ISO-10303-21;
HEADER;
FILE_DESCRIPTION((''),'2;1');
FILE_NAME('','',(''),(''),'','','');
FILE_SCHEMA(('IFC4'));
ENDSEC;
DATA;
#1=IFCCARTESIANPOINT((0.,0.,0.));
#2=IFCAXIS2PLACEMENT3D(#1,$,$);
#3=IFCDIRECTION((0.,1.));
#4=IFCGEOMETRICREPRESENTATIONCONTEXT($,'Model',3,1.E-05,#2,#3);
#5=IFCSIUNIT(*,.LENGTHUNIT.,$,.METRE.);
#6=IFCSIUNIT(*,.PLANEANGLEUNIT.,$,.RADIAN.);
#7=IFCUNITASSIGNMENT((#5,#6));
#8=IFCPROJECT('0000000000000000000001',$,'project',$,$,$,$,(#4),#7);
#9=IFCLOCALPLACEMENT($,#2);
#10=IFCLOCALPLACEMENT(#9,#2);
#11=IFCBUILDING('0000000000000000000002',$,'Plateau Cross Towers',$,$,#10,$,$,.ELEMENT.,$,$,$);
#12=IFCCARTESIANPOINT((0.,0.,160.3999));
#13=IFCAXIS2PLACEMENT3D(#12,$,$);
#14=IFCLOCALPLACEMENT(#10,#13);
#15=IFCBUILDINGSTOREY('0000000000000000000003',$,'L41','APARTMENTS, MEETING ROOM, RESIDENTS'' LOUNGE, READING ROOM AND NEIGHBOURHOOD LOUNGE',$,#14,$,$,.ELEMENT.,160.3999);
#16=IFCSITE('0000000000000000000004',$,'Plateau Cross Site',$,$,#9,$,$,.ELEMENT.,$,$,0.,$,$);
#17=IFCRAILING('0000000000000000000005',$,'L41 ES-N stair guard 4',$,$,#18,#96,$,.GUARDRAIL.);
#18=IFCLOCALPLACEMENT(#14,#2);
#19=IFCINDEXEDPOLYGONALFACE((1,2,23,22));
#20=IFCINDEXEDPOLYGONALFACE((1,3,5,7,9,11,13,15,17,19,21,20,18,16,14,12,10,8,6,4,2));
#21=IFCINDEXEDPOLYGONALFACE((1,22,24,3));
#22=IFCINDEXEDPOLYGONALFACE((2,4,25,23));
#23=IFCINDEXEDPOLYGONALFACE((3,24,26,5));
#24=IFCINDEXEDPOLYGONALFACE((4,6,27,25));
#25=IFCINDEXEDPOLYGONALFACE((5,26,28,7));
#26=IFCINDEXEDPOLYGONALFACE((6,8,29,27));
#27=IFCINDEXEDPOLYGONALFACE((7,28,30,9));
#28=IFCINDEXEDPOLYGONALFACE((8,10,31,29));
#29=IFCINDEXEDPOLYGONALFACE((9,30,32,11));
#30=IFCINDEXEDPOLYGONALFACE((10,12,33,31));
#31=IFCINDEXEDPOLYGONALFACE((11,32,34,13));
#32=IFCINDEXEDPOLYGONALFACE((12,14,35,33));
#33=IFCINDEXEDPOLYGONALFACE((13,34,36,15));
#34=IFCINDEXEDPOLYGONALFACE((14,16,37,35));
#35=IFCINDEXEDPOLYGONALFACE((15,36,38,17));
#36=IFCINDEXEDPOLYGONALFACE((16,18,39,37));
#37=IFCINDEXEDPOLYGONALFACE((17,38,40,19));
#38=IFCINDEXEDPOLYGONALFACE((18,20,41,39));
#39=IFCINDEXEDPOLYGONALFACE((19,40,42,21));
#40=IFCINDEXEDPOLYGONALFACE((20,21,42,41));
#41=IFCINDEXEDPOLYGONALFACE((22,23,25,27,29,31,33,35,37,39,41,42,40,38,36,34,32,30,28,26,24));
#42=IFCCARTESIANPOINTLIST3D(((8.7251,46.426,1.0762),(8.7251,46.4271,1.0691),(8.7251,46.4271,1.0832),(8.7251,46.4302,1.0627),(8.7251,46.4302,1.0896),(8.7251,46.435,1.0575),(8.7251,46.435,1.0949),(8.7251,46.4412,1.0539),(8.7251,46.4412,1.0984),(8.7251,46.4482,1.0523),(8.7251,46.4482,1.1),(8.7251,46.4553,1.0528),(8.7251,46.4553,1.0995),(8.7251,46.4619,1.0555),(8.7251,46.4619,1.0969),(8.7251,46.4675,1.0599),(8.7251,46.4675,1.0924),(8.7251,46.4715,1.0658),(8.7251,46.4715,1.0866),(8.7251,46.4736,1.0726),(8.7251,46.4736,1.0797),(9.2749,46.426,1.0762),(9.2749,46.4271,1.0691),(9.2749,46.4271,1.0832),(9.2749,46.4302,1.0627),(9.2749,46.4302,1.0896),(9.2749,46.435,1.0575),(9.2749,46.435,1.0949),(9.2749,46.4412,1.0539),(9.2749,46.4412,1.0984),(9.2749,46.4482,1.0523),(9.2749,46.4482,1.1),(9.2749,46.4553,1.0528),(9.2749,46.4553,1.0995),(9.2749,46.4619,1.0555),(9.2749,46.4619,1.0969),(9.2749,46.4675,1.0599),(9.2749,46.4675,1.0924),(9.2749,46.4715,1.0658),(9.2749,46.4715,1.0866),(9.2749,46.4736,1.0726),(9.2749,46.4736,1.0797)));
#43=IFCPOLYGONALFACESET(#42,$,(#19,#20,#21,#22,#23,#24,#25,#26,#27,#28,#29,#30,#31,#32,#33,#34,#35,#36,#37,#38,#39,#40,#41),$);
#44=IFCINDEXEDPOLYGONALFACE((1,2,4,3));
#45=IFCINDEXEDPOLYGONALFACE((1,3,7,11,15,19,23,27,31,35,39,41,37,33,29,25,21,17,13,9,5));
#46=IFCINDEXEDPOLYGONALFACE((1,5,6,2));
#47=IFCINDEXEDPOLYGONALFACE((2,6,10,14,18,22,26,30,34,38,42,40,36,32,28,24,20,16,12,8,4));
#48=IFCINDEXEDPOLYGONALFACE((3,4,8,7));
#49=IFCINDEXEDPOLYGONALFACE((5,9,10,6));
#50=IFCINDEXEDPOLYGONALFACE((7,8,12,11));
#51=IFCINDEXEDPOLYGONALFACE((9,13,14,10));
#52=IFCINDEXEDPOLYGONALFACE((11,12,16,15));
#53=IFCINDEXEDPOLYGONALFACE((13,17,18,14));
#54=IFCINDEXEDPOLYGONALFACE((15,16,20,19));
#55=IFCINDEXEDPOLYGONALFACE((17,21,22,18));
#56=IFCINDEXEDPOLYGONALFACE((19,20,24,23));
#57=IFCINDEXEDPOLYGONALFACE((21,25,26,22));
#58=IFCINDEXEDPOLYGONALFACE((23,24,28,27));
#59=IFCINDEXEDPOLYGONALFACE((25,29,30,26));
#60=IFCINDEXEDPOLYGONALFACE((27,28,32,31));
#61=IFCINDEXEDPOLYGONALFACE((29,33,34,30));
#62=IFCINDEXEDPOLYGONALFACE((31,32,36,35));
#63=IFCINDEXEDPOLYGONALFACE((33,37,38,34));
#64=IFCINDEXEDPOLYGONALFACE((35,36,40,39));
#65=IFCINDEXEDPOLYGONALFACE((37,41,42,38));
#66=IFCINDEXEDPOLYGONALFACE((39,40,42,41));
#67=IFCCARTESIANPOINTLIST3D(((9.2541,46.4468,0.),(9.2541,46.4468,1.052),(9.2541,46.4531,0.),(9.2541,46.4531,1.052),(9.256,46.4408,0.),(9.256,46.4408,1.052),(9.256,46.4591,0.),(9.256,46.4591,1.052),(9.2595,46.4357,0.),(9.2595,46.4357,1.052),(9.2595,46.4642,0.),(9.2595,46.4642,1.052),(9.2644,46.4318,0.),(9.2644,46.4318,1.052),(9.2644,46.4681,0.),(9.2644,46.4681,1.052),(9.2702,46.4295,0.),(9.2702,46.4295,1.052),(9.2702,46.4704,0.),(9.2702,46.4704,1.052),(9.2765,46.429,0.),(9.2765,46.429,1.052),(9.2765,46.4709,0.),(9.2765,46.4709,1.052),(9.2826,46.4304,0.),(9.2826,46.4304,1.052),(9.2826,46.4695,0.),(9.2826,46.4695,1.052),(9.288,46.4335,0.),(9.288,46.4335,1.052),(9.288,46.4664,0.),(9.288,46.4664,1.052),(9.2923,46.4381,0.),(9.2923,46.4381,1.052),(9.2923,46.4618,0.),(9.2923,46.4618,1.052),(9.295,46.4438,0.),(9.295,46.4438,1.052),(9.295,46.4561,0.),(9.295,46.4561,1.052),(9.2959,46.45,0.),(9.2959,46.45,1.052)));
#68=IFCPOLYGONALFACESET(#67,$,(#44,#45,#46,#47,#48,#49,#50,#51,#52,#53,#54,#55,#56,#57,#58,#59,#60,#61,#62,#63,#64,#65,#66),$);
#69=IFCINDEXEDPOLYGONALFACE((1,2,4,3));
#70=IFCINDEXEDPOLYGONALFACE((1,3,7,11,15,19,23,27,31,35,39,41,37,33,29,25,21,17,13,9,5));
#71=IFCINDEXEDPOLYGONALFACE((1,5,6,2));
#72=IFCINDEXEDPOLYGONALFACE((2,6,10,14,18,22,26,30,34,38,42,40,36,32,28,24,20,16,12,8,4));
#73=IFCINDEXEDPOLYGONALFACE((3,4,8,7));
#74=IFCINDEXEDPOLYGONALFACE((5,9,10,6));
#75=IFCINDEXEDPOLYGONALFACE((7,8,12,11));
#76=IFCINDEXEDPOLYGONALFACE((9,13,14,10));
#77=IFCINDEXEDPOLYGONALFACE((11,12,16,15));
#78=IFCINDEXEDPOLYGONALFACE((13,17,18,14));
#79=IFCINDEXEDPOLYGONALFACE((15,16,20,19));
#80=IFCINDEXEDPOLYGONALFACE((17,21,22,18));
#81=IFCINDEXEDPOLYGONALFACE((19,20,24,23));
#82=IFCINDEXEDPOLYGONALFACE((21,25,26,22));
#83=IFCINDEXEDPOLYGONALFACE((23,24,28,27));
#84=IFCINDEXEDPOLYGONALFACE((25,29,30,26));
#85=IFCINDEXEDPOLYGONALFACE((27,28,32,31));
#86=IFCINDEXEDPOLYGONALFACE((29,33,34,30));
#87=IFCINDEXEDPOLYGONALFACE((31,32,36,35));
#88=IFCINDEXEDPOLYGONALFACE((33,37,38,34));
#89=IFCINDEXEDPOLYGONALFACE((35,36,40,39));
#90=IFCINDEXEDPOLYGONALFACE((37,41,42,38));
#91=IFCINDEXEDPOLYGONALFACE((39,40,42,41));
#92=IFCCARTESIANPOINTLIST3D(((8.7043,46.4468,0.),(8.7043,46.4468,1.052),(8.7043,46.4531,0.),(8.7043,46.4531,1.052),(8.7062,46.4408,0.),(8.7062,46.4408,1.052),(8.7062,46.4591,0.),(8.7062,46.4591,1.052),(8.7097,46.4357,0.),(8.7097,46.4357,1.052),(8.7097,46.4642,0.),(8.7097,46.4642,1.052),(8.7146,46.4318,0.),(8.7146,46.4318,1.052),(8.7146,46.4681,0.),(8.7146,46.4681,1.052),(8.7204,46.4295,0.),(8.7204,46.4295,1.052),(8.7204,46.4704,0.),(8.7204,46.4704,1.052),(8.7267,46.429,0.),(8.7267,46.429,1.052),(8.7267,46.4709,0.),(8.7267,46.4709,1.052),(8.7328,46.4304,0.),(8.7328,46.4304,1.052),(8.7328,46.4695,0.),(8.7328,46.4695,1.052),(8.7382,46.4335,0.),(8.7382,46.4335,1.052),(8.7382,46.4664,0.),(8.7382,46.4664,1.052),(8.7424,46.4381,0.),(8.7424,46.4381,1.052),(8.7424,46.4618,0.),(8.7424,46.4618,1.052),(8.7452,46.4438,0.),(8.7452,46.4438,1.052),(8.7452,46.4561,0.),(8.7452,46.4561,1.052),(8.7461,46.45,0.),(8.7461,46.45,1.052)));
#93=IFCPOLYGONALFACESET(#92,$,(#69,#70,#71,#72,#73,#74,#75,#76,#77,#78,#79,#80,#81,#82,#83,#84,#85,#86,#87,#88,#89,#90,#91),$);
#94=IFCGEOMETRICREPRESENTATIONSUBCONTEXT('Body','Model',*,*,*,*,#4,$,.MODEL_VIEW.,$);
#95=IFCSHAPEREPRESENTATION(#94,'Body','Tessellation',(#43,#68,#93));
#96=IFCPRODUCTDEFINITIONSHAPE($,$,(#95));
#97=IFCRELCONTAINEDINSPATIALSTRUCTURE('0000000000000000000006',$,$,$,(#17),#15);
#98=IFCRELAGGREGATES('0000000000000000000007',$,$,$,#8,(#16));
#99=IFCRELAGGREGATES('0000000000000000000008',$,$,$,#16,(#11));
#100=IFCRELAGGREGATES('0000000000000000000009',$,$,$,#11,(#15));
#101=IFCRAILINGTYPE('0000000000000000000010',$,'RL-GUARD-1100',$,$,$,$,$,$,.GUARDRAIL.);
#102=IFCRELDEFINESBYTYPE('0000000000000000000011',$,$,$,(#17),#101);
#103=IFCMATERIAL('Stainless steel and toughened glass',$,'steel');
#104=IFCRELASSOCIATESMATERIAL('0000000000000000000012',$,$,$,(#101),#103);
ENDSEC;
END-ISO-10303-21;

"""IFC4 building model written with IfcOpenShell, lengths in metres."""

from ifc_helpers import new_model, si_unit, direction, frame, origin, origin_2d, place, context, subcontext, project, spatial, circle, extrude, material, type_object, element, save


model = new_model("IFC4")

# Units and contexts
model_context = context("Model", 3, precision=1e-05, world=origin(), true_north=direction((0.0, 1.0)))
body_context = subcontext(model_context, "Body", "Model", "MODEL_VIEW")
ifc_project = project(units=[si_unit("LENGTHUNIT", "METRE"), si_unit("PLANEANGLEUNIT", "RADIAN")], contexts=[model_context])

# Site, building, storey
site_placement = place(None, origin())
site = spatial("IfcSite", under=ifc_project, at=site_placement, Name="Plateau Cross Site", CompositionType="ELEMENT", RefElevation=0.0)
building_placement = place(site_placement, origin())
building = spatial("IfcBuilding", under=site, at=building_placement, Name="Plateau Cross Towers", CompositionType="ELEMENT")
storey_placement = place(building_placement, frame((0.0, 0.0, 160.3999)))
storey = spatial("IfcBuildingStorey", under=building, at=storey_placement, Name="L41", Description="APARTMENTS, MEETING ROOM, RESIDENTS' LOUNGE, READING ROOM AND NEIGHBOURHOOD LOUNGE", CompositionType="ELEMENT", Elevation=160.3999)

# Railing
ifc_material_1 = material(Name="Stainless steel and toughened glass", Category="steel")
railing_type_1 = type_object("IfcRailingType", Name="RL-GUARD-1100", PredefinedType="GUARDRAIL", material=ifc_material_1)
railing_1_placement = place(storey_placement, frame((9.2749, 46.45, 0.0)))
element("IfcRailing", 1, at=railing_1_placement, inside=storey, type_object=railing_type_1, Name="L41 ES-N stair guard 4", PredefinedType="GUARDRAIL", context=body_context, shape_type="SweptSolid", body=[
    extrude(circle(Radius=0.0239, at=origin_2d()), frame((0.0, 0.0, 1.0762), z_axis=(-1.0, 0.0, 0.0), x_axis=(0.0, -1.0, 0.0)), (0.0, 0.0, 1.0), 0.5498),
    extrude(circle(Radius=0.021, at=origin_2d()), origin(), (0.0, 0.0, 1.0), 1.052),
    extrude(circle(Radius=0.021, at=origin_2d()), frame((-0.5498, 0.0, 0.0)), (0.0, 0.0, 1.0), 1.052),
])

save(model, "model.ifc")
